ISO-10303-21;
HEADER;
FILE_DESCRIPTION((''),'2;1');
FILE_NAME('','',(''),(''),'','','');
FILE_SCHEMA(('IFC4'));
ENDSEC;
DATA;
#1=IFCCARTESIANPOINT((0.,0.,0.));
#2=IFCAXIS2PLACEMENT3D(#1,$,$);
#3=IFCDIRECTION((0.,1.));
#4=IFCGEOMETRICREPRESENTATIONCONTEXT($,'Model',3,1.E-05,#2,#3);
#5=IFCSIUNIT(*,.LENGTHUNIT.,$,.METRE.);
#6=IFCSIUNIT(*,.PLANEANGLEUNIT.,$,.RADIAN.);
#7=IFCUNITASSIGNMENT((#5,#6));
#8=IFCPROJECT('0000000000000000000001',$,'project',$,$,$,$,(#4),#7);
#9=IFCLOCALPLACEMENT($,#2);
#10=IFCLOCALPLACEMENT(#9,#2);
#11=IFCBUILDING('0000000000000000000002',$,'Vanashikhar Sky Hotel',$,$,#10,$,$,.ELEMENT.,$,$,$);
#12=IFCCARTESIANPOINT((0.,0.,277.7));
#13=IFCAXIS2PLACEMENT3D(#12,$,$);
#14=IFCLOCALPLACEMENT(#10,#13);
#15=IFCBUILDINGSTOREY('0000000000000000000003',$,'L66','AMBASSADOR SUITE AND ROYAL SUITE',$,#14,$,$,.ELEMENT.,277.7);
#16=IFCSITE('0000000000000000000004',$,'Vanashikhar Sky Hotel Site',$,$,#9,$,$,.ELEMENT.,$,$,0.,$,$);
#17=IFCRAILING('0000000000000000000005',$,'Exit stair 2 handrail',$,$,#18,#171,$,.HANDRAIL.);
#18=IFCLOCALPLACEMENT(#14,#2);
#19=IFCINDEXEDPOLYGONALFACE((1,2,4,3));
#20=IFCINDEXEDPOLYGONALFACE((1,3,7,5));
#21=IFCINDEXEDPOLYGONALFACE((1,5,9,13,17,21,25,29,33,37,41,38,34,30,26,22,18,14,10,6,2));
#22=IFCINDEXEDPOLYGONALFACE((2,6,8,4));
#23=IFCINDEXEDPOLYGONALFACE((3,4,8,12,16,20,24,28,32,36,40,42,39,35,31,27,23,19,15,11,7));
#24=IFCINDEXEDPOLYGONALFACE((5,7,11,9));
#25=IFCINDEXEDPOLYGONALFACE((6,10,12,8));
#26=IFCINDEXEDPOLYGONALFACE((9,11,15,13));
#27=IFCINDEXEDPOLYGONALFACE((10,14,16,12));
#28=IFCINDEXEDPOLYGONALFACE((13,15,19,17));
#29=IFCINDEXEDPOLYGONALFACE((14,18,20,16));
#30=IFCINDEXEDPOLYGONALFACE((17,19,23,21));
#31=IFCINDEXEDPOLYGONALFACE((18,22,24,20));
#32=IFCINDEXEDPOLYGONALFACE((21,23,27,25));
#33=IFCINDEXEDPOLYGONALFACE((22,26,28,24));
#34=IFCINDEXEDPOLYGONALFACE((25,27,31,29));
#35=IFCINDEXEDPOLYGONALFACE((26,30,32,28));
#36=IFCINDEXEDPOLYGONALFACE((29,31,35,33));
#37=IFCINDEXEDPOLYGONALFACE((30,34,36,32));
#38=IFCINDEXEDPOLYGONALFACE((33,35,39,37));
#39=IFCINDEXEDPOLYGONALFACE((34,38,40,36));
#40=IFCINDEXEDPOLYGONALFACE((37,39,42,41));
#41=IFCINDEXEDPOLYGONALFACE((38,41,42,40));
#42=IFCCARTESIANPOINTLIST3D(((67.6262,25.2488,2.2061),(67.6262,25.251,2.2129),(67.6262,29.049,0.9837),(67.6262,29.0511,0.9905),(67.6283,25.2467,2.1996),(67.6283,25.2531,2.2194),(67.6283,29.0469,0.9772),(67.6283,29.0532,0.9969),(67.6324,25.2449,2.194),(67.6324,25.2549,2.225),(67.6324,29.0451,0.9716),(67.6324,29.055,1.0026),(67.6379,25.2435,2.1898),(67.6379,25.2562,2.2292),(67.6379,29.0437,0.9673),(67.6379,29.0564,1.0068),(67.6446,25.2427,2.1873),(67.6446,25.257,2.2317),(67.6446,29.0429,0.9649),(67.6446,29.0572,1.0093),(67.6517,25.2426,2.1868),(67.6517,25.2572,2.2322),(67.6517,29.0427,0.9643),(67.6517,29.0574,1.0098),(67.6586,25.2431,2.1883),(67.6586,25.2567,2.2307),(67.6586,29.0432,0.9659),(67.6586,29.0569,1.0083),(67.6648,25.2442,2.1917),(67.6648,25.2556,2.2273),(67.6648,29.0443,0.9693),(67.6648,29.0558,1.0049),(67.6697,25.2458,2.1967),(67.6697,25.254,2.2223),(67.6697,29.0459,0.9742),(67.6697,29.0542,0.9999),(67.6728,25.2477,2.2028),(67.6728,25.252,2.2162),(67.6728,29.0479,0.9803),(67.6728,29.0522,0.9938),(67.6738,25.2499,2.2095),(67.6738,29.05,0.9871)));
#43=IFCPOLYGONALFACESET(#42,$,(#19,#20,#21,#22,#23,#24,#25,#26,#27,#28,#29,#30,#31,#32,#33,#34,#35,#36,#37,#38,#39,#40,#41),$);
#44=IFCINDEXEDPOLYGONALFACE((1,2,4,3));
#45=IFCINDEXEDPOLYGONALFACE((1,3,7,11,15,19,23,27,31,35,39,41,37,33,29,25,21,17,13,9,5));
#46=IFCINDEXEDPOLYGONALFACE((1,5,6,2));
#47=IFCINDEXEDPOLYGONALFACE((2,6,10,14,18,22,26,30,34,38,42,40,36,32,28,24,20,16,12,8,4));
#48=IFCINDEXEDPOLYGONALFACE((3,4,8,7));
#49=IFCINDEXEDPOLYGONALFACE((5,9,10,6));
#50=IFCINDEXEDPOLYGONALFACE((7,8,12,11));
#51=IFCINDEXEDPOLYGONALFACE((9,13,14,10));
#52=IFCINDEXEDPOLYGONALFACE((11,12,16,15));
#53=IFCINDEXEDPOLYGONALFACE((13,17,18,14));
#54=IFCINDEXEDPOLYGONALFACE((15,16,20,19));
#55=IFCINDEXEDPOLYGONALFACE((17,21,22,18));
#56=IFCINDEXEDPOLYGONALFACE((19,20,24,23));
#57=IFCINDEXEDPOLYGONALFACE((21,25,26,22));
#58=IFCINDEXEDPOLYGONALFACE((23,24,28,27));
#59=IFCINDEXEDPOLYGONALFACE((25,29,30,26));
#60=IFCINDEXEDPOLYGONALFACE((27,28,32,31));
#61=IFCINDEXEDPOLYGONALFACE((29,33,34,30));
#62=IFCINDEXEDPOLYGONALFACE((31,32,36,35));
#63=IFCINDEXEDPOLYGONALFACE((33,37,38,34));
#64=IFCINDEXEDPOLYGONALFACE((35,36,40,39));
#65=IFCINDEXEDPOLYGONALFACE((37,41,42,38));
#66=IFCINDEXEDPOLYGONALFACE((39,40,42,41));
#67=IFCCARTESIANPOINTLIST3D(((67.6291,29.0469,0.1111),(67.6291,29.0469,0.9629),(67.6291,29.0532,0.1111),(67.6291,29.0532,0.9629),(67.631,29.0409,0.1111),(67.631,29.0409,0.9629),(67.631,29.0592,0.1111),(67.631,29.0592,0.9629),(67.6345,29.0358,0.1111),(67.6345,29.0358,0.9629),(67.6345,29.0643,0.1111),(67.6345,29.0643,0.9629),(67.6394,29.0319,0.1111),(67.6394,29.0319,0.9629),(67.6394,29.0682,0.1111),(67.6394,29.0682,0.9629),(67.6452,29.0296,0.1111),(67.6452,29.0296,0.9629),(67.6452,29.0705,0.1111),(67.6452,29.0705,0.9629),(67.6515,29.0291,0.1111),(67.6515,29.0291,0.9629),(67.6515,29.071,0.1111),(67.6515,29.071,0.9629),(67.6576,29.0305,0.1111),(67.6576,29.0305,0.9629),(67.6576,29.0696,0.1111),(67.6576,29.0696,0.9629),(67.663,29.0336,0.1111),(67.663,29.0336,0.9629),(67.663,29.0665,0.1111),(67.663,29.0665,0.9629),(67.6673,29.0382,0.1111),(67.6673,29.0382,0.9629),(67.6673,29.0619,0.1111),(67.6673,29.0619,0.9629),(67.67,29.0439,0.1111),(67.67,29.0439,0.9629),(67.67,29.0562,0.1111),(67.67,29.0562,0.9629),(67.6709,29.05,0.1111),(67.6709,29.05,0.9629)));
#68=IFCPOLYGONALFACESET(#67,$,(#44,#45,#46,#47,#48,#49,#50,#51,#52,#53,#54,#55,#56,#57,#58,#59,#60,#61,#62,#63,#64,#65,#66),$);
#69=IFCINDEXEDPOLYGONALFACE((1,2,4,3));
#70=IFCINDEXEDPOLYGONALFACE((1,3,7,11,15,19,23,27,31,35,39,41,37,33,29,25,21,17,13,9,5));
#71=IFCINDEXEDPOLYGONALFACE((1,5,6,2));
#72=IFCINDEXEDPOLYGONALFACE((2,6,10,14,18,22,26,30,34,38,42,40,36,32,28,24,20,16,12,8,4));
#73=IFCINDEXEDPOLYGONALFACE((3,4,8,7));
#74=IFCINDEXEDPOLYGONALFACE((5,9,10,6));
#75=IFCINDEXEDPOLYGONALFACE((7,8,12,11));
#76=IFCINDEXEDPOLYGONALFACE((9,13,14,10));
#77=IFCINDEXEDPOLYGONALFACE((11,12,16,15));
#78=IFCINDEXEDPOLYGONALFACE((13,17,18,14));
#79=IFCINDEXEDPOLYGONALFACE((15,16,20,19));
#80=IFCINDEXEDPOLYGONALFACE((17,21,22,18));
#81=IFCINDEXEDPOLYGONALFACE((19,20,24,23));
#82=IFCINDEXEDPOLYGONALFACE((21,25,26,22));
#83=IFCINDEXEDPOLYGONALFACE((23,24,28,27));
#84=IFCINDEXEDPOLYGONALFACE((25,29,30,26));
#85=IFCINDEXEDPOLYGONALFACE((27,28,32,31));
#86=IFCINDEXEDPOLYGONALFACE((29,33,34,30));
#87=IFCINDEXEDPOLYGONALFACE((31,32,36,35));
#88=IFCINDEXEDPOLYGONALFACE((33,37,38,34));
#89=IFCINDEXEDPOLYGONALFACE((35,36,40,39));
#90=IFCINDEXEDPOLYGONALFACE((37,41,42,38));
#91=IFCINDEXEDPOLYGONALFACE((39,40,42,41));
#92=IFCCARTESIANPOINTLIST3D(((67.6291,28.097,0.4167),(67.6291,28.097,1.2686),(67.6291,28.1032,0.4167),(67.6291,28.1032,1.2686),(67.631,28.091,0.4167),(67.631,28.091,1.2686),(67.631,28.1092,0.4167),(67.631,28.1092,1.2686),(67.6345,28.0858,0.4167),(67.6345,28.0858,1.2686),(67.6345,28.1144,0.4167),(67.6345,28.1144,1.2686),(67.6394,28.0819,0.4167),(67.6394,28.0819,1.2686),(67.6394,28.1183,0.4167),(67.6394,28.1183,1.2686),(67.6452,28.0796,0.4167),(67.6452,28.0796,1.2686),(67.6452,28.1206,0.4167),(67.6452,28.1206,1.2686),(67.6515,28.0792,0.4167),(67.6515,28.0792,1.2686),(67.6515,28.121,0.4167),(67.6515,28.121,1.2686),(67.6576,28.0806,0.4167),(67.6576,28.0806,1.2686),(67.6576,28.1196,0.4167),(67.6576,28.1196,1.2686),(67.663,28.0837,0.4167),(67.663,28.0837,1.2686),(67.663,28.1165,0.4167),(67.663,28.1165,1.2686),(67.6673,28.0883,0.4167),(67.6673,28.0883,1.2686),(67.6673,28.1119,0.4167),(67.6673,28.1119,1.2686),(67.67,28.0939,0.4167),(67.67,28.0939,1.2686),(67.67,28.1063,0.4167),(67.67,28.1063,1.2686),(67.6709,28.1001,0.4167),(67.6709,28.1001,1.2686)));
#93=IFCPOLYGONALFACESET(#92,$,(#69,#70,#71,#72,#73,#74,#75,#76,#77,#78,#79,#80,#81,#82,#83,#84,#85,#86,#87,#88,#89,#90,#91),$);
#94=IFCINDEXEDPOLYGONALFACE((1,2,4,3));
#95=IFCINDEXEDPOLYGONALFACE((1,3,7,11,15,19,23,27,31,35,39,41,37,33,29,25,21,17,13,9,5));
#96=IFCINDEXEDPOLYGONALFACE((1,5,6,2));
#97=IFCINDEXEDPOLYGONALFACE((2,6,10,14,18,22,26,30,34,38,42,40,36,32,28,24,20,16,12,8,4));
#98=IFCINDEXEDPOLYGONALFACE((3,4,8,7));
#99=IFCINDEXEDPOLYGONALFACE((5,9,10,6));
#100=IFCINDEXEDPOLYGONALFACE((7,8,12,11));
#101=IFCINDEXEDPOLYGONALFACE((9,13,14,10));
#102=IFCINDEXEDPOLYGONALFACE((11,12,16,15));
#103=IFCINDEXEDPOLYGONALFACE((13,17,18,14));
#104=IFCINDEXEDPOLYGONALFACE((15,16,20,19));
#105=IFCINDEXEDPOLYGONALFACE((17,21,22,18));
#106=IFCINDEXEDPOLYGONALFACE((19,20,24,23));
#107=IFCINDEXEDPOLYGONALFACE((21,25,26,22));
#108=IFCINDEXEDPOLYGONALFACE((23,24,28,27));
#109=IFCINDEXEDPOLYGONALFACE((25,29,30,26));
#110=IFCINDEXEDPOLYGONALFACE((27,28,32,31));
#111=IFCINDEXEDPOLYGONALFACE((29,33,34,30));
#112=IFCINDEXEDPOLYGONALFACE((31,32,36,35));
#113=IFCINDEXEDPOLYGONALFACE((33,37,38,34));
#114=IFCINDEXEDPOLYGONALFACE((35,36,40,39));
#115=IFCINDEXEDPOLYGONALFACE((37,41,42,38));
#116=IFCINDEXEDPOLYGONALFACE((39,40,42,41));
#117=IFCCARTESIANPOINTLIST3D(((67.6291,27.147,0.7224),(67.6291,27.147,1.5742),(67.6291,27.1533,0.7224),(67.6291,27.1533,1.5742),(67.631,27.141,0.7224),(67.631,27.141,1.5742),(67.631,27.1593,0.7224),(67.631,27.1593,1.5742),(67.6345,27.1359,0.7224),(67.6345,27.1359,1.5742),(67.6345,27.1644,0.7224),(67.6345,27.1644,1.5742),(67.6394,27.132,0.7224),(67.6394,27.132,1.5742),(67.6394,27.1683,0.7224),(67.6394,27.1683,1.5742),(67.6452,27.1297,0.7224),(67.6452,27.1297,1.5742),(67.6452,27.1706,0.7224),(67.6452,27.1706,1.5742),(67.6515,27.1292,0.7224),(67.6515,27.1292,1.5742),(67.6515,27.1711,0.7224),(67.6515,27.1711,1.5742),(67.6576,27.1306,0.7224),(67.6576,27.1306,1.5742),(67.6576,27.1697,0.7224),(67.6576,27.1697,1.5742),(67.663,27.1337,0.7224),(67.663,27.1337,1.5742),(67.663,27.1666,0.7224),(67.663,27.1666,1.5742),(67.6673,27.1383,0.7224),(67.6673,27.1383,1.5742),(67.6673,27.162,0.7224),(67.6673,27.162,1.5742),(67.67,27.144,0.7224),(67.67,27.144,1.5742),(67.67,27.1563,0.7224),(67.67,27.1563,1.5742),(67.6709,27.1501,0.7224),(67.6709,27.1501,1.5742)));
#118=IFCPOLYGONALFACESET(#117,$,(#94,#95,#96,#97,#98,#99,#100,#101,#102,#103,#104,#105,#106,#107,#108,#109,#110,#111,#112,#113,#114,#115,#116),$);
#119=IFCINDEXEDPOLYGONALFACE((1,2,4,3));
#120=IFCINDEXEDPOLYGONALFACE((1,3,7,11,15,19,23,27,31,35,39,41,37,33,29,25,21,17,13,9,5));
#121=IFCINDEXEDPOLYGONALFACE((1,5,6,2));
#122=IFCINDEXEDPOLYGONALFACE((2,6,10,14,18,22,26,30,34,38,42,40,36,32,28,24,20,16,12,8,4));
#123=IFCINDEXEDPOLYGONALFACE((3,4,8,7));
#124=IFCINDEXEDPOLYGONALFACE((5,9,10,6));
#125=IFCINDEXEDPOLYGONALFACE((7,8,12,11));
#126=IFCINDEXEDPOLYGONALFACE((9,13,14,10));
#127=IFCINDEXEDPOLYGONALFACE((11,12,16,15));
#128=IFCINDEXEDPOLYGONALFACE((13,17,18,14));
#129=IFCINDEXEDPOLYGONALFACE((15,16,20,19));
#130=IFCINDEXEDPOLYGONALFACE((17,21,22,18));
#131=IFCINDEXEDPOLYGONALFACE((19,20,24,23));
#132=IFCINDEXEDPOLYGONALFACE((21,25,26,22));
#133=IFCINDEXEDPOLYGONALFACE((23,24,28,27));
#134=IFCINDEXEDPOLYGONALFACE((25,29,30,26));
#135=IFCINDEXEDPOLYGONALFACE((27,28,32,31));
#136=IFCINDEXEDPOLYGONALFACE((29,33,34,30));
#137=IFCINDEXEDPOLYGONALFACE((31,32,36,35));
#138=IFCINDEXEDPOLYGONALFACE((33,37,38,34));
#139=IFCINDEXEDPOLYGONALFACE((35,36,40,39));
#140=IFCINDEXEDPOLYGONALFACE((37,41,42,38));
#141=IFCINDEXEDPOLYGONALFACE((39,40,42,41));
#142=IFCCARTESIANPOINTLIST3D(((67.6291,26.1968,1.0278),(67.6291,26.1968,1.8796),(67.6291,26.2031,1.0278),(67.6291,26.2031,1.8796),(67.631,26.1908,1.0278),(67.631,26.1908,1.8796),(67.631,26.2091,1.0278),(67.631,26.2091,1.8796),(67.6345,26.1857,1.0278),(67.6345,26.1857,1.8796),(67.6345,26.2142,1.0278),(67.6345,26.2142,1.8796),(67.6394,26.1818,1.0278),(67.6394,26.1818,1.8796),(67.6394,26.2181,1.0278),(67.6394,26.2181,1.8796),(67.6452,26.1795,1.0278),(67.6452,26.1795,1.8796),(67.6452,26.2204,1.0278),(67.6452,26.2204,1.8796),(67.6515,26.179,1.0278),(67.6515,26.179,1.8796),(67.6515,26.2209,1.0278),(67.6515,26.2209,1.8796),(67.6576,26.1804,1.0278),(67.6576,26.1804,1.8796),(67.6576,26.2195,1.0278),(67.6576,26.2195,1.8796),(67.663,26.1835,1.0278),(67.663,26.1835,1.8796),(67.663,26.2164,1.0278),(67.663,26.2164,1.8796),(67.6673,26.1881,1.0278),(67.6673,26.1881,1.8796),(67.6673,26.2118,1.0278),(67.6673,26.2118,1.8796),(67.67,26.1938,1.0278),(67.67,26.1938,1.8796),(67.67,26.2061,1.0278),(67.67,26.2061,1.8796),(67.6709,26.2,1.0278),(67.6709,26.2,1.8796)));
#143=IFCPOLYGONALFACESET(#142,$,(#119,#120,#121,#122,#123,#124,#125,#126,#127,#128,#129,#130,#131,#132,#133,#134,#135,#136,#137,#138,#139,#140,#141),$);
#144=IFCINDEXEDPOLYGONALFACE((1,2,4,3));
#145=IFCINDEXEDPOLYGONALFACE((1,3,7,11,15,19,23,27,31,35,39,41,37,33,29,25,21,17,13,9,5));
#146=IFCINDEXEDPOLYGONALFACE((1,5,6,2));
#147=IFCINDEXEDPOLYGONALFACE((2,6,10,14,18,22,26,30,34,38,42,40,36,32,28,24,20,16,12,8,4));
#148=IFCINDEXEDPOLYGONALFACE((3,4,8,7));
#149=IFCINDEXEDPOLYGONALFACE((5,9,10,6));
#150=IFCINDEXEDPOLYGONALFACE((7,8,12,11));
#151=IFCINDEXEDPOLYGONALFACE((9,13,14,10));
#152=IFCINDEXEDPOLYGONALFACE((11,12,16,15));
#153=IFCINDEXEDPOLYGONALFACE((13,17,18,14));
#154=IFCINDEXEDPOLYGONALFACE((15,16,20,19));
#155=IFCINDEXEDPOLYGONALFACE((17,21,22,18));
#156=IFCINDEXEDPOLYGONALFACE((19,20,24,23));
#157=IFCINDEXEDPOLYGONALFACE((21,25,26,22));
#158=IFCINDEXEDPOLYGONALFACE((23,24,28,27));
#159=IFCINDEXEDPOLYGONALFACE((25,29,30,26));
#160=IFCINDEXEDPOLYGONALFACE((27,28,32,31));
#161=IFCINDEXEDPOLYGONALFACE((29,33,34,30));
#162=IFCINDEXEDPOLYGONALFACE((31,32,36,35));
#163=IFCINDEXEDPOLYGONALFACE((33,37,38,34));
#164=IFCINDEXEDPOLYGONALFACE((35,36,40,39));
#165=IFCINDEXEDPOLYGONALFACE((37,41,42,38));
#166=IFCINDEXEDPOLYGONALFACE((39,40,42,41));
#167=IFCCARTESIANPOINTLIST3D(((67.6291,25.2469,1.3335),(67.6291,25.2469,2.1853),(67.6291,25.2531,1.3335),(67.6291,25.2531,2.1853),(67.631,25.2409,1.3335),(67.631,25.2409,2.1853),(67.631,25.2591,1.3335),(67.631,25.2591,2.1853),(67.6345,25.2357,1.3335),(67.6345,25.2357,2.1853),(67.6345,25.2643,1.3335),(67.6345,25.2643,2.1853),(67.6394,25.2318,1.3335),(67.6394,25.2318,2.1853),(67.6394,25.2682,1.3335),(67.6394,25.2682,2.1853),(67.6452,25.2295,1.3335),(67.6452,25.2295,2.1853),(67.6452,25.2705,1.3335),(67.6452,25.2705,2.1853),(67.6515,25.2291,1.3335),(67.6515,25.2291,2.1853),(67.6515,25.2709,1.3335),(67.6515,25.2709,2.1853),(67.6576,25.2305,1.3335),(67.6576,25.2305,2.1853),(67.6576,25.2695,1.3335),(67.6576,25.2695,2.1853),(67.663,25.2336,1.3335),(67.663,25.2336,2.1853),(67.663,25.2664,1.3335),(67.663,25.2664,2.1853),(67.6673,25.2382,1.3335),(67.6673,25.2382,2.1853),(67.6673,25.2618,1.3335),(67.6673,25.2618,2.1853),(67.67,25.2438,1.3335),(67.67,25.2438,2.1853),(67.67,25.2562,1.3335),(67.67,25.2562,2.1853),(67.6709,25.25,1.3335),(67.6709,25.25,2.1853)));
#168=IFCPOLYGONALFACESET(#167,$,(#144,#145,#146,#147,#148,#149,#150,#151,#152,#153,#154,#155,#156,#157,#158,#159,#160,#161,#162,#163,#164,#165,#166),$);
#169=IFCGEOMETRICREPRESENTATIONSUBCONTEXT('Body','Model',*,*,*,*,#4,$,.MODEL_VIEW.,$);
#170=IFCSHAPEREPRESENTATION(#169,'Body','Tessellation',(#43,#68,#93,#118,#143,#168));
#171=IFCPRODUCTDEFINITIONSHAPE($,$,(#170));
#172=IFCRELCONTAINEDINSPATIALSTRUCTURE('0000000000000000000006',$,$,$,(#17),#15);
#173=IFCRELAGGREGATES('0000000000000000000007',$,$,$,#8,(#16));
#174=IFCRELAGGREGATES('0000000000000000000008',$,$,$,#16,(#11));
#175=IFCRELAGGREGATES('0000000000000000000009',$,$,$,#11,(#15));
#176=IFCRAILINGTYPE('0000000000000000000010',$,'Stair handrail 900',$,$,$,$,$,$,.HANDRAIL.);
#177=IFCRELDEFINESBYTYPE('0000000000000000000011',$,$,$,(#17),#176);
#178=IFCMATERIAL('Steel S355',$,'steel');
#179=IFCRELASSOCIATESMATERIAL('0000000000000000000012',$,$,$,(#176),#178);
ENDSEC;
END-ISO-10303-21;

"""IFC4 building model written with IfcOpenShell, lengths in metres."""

from ifc_helpers import new_model, si_unit, direction, frame, origin, origin_2d, place, context, subcontext, project, spatial, circle, extrude, source, transform, mapped, material, type_object, element, save


model = new_model("IFC4")

# Units and contexts
model_context = context("Model", 3, precision=1e-05, world=origin(), true_north=direction((0.0, 1.0)))
body_context = subcontext(model_context, "Body", "Model", "MODEL_VIEW")
ifc_project = project(units=[si_unit("LENGTHUNIT", "METRE"), si_unit("PLANEANGLEUNIT", "RADIAN")], contexts=[model_context])

# Site, building, storey
site_placement = place(None, origin())
site = spatial("IfcSite", under=ifc_project, at=site_placement, Name="Vanashikhar Sky Hotel Site", CompositionType="ELEMENT", RefElevation=0.0)
building_placement = place(site_placement, origin())
building = spatial("IfcBuilding", under=site, at=building_placement, Name="Vanashikhar Sky Hotel", CompositionType="ELEMENT")
storey_placement = place(building_placement, frame((0.0, 0.0, 277.7)))
storey = spatial("IfcBuildingStorey", under=building, at=storey_placement, Name="L66", Description="AMBASSADOR SUITE AND ROYAL SUITE", CompositionType="ELEMENT", Elevation=277.7)

# Railing
ifc_material_1 = material(Name="Steel S355", Category="steel")
railing_type = type_object("IfcRailingType", Name="Stair handrail 900", PredefinedType="HANDRAIL", material=ifc_material_1)
shared_shape_1 = source(origin(), body_context, "Body", "SweptSolid", [
    extrude(circle(Radius=0.0239, at=origin_2d()), frame((0.0, 0.0, 0.876), z_axis=(0.0, -0.951958, 0.306229), x_axis=(1.0, 0.0, 0.0)), (0.0, 0.0, 1.0), 3.9919),
    extrude(circle(Radius=0.021, at=origin_2d()), origin(), (0.0, 0.0, 1.0), 0.8518),
    extrude(circle(Radius=0.021, at=origin_2d()), frame((0.0, -0.95, 0.3057)), (0.0, 0.0, 1.0), 0.8518),
    extrude(circle(Radius=0.021, at=origin_2d()), frame((0.0, -1.8999, 0.6113)), (0.0, 0.0, 1.0), 0.8518),
    extrude(circle(Radius=0.021, at=origin_2d()), frame((0.0, -2.8501, 0.9167)), (0.0, 0.0, 1.0), 0.8518),
    extrude(circle(Radius=0.021, at=origin_2d()), frame((0.0, -3.8, 1.2224)), (0.0, 0.0, 1.0), 0.8518),
])
for number, where, name in (
    (1, (67.6499, 29.05, 0.1111), "Exit stair 2 handrail"),
):
    element("IfcRailing", number, at=place(storey_placement, frame(where)), inside=storey, type_object=railing_type, Name=name, PredefinedType="HANDRAIL", context=body_context, shape_type="MappedRepresentation", body=[
        mapped(shared_shape_1, transform((0.0, 0.0, 0.0), scale=1.0)),
    ])

save(model, "model.ifc")
